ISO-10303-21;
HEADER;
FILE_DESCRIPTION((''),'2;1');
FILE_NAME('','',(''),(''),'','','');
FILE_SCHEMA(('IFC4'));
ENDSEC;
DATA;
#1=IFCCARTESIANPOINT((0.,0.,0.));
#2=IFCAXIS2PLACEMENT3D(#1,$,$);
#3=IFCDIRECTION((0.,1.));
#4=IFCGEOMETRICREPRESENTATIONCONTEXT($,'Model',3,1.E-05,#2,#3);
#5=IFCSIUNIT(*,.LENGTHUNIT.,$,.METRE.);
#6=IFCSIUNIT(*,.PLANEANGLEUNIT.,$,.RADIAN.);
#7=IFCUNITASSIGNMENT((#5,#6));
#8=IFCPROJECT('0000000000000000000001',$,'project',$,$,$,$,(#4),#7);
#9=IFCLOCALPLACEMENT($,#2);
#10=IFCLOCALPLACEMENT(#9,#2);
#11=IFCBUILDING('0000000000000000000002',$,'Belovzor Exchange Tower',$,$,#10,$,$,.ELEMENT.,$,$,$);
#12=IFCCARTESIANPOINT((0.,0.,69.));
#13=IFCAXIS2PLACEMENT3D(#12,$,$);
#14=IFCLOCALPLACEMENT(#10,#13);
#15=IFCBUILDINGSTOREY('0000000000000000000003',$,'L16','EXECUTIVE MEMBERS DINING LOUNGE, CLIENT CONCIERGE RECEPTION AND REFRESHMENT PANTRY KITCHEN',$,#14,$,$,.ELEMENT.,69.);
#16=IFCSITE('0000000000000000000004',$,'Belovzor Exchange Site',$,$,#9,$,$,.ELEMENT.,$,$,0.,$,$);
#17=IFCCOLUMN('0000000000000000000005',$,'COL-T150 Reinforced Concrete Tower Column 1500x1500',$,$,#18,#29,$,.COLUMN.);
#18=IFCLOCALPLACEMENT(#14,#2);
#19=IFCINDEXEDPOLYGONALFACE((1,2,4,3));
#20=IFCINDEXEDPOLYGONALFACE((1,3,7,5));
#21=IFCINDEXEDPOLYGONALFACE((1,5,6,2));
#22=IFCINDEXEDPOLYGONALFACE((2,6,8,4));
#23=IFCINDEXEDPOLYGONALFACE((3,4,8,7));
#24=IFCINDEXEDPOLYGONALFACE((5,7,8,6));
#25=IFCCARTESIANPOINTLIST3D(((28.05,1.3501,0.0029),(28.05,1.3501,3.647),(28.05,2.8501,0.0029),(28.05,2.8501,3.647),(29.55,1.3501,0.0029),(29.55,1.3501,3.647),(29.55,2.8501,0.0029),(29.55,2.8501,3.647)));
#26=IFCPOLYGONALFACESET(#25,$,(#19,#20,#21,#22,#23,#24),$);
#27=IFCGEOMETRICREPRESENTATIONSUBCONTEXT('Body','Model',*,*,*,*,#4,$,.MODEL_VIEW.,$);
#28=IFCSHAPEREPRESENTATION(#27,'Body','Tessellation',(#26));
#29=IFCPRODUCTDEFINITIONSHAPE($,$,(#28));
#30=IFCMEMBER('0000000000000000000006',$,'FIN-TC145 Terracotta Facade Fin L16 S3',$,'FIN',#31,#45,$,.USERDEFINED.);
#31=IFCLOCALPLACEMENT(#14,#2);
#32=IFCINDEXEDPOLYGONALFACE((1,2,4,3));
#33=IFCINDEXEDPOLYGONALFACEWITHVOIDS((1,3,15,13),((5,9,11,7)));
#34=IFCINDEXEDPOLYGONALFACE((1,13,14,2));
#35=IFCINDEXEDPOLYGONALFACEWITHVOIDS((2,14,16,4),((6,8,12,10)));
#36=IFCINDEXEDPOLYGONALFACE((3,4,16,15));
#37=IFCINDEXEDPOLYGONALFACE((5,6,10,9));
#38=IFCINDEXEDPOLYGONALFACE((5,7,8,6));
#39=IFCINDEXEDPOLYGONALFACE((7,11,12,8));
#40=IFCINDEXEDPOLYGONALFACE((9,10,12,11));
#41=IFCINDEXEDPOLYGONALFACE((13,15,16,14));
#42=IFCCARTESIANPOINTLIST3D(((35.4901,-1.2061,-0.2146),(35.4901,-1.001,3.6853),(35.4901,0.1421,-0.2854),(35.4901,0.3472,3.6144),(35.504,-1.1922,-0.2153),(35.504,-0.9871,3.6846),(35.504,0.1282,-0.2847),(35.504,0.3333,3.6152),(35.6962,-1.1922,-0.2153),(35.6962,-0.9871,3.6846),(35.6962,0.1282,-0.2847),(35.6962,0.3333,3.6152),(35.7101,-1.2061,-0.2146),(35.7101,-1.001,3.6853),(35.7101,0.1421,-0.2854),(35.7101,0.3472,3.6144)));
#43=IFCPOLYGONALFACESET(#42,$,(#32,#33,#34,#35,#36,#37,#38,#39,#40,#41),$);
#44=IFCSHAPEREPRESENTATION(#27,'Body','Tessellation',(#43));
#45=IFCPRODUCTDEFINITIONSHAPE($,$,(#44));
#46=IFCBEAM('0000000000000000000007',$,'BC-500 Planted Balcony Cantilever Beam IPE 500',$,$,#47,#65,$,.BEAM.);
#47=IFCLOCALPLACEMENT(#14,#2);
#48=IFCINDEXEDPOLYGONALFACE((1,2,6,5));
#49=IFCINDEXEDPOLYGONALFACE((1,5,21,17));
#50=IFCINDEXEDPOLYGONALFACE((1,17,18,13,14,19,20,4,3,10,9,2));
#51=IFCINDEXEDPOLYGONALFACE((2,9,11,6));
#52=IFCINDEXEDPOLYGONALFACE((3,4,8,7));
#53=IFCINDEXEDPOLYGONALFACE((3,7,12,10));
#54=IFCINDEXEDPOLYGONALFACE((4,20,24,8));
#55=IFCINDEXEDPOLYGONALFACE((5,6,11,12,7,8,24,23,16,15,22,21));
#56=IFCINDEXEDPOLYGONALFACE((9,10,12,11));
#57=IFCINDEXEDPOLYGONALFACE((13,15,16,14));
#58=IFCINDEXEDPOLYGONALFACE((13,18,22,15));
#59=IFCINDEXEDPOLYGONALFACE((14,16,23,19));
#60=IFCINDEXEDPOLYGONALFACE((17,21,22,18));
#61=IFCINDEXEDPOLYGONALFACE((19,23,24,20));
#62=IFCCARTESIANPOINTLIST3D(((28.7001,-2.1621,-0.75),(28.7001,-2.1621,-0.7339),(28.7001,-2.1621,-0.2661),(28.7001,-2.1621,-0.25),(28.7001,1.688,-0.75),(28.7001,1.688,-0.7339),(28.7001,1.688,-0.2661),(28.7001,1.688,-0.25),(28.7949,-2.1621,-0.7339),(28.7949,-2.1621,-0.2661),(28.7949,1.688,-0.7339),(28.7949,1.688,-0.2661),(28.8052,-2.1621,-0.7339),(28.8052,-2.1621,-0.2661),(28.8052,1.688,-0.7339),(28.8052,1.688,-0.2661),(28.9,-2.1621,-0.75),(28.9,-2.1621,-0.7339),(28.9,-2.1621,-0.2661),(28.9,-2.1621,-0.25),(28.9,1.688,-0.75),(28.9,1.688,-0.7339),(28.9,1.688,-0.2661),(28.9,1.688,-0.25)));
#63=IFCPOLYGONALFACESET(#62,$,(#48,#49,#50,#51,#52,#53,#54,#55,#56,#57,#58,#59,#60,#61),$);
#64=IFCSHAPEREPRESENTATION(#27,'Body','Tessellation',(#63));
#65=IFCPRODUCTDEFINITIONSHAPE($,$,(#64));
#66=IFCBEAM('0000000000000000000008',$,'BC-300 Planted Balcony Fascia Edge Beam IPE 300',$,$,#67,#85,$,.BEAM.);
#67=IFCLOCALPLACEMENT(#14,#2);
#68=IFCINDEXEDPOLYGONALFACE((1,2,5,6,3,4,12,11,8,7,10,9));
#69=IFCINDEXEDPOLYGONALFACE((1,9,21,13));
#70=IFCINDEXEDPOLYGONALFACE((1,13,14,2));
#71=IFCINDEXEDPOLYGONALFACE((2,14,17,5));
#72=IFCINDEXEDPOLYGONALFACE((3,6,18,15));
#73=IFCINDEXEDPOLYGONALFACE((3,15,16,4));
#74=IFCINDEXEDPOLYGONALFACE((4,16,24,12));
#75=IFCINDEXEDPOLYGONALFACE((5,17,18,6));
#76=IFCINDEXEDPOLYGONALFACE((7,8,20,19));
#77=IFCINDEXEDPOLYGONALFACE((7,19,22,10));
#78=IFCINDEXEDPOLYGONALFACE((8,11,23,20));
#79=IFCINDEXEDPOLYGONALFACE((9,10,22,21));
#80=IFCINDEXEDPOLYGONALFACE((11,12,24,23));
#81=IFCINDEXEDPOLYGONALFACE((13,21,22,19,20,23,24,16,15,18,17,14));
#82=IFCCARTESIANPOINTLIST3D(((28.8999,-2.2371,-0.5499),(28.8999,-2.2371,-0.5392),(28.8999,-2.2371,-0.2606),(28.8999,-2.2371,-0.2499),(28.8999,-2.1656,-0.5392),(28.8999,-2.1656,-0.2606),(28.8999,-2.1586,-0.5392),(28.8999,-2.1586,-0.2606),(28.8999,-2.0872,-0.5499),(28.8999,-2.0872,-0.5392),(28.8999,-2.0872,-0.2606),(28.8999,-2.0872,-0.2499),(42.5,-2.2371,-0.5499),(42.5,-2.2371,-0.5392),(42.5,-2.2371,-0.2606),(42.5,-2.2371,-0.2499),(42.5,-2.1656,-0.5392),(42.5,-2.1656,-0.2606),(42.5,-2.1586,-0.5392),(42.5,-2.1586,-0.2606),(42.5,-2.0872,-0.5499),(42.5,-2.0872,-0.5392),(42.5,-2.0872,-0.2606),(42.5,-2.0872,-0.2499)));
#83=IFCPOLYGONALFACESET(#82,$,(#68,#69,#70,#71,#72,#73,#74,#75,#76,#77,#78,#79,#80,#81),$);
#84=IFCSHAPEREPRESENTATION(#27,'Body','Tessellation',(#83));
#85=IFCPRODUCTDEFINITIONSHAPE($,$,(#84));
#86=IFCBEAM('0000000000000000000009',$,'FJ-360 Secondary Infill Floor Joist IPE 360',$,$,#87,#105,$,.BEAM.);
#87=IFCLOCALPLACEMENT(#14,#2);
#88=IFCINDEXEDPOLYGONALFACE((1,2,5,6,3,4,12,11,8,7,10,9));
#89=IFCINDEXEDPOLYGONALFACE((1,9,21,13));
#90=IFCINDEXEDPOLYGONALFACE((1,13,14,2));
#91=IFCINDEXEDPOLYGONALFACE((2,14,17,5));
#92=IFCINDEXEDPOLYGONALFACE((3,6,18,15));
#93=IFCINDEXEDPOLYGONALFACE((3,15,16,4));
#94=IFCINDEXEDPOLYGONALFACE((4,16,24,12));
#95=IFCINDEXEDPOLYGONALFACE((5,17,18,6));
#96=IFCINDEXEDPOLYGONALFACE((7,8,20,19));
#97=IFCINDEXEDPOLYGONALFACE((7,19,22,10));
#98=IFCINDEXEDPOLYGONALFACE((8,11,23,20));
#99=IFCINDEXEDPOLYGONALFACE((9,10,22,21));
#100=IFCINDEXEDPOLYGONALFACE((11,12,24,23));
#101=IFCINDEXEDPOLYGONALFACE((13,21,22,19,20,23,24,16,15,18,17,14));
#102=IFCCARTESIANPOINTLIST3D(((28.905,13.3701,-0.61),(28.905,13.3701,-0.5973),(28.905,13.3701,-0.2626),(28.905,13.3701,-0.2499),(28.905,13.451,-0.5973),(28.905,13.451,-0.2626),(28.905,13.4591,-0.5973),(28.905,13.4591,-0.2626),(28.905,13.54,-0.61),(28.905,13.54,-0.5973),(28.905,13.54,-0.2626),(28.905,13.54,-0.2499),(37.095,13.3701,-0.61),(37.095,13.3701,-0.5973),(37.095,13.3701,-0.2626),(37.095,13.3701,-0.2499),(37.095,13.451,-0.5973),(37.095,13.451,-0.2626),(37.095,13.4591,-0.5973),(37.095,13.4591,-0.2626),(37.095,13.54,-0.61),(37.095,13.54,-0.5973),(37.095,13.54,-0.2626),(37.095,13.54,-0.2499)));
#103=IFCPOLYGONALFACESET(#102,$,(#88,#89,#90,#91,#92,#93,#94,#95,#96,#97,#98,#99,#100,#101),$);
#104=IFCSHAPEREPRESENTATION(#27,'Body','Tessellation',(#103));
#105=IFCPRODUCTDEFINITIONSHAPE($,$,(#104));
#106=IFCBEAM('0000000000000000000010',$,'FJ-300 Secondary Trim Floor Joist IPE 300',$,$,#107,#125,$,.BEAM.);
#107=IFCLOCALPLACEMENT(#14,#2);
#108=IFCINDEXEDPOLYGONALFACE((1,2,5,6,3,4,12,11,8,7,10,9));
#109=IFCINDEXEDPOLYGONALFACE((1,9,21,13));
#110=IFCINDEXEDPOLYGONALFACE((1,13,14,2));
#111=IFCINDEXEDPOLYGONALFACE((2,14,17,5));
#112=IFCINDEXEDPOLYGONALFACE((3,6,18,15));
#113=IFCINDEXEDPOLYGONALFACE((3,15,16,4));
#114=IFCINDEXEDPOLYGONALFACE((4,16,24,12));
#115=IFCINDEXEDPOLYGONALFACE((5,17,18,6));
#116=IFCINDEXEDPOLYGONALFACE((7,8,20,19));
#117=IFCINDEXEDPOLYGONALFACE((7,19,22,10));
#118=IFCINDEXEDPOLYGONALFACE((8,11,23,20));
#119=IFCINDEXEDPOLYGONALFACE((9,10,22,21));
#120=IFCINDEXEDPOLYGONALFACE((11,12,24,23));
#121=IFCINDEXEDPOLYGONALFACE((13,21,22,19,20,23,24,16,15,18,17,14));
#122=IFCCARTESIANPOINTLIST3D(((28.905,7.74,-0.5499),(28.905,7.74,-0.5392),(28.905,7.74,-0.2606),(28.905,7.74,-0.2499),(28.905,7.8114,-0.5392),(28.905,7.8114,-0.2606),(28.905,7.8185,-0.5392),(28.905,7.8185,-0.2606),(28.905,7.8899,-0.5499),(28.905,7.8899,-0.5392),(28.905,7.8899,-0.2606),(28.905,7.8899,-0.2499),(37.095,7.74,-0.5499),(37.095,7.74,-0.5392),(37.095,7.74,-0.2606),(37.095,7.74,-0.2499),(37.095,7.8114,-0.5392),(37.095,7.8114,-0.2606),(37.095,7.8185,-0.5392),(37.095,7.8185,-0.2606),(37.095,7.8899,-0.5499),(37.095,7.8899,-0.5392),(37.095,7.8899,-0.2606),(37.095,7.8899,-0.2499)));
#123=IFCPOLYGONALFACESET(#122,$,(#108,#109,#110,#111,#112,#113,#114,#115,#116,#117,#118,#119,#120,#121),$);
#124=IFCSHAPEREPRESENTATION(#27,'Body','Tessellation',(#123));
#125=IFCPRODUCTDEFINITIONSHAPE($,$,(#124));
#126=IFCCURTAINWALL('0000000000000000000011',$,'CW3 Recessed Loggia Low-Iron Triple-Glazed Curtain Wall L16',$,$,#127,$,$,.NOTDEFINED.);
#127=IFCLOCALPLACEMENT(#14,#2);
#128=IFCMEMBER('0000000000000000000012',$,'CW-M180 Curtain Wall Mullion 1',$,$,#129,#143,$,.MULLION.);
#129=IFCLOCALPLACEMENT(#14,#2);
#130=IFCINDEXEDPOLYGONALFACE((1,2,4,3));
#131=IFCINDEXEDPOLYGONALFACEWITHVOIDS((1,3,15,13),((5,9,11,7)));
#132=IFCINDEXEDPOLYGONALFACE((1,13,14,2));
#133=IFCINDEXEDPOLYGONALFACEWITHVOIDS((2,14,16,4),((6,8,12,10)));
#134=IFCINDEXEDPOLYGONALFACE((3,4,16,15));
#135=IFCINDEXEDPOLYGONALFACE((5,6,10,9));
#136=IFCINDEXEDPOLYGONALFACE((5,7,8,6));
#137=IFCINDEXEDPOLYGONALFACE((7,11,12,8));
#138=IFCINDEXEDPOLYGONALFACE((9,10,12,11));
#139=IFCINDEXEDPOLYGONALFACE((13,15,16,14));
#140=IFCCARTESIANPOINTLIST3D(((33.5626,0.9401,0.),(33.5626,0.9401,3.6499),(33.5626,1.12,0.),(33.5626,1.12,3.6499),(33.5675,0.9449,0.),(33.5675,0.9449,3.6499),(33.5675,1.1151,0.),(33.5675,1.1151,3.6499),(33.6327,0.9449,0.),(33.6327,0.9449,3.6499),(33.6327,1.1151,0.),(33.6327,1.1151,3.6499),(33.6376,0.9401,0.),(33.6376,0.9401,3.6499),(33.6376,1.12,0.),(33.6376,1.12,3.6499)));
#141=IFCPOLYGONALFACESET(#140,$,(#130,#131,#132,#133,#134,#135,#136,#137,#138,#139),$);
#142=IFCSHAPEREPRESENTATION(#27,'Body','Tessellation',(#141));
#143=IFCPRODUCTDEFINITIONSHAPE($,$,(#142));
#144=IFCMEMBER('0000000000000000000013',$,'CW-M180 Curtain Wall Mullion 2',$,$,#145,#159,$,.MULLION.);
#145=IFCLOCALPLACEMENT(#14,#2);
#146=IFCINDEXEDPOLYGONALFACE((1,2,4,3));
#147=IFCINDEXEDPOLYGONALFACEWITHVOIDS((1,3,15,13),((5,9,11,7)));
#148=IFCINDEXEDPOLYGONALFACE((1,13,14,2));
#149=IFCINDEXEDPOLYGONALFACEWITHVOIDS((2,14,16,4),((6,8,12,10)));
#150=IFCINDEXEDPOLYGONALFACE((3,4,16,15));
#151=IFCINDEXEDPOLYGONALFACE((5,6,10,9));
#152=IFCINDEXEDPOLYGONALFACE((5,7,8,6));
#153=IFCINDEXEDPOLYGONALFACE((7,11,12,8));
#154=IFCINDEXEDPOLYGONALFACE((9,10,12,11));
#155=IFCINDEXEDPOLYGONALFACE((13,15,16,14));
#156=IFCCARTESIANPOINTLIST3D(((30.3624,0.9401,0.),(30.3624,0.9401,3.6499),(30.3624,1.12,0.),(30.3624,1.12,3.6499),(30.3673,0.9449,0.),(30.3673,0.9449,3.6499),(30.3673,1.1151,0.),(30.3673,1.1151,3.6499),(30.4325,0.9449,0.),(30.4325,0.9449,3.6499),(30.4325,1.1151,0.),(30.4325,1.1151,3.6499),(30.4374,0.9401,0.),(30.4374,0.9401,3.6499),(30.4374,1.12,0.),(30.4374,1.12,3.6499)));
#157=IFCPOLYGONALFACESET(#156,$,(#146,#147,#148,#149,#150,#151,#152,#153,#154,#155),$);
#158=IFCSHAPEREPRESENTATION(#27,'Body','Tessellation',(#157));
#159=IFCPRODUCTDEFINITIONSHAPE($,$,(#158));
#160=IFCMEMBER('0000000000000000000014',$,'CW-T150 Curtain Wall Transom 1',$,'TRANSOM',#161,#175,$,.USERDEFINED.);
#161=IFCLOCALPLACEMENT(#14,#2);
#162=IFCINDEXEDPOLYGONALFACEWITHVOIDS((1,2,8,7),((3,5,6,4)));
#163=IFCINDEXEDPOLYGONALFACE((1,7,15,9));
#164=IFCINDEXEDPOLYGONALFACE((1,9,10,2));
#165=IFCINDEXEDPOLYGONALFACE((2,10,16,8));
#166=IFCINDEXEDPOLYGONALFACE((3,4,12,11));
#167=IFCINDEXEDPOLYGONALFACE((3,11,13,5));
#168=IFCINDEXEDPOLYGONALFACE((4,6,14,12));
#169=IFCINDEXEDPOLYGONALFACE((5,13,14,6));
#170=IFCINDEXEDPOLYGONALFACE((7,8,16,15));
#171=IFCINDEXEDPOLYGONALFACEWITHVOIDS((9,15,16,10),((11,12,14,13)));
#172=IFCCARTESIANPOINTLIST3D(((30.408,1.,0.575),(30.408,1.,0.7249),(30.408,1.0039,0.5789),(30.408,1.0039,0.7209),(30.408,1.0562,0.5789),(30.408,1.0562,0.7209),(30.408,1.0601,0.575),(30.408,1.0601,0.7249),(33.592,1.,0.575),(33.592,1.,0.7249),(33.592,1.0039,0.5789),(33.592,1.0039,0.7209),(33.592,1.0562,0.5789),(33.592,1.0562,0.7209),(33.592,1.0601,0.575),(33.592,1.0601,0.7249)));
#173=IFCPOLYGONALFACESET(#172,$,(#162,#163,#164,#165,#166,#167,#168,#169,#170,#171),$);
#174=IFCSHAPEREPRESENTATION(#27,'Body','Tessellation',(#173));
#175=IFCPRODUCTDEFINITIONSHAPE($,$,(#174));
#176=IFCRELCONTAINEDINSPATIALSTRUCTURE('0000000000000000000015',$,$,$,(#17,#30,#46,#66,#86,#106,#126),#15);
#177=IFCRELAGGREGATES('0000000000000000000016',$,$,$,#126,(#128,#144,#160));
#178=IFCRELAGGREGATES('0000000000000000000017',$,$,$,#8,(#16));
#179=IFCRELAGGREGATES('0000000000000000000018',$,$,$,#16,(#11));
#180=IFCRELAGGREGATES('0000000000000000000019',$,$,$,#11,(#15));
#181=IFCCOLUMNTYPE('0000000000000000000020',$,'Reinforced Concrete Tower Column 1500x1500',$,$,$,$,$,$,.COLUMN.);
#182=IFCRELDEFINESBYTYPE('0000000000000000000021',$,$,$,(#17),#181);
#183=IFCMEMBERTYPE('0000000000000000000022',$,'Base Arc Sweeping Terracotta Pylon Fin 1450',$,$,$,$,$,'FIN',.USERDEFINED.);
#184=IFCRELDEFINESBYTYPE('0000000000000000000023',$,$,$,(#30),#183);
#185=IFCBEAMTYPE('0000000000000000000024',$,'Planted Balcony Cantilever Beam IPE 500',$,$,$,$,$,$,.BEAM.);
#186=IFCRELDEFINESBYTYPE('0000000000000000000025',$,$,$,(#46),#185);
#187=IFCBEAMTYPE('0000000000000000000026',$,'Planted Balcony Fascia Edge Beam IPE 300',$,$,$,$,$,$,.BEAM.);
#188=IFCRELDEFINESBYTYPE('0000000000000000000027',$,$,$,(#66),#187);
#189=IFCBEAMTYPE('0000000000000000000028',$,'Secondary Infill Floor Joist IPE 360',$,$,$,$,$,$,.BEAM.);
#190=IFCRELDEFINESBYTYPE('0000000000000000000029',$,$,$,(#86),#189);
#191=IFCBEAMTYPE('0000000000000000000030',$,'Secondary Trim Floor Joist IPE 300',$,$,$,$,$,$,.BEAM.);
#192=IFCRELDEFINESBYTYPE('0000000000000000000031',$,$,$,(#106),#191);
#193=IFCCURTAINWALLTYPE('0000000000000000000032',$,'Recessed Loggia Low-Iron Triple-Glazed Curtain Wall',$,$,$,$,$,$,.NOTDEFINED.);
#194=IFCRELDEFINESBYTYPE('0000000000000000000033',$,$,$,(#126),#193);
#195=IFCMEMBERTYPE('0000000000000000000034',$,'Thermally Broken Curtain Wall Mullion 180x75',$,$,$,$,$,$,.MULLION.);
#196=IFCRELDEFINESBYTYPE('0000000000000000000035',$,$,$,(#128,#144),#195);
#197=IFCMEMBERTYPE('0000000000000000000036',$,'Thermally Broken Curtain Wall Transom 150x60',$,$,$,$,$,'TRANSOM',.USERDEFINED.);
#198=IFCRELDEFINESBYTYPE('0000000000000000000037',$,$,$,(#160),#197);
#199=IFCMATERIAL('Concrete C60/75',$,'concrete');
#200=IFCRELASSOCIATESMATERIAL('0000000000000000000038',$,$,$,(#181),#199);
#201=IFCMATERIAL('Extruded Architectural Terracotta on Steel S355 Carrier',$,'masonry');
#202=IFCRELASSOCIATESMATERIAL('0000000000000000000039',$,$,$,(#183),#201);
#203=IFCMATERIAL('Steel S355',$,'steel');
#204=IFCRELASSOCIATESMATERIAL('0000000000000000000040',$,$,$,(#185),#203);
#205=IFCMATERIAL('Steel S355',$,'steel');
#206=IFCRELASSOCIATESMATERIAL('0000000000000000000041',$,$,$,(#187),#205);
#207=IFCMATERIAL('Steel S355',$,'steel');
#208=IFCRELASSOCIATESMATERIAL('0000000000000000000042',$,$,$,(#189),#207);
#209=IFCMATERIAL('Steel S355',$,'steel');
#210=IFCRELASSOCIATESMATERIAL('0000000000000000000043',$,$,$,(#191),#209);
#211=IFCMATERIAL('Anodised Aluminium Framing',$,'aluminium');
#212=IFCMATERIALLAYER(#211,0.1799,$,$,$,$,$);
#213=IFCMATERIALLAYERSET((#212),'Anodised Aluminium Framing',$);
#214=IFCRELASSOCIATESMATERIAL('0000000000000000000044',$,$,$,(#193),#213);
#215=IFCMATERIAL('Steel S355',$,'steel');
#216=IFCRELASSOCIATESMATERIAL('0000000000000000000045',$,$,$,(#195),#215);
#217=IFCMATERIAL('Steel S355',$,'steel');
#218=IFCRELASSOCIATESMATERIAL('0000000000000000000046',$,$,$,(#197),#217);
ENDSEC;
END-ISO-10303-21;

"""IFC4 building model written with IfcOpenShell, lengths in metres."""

from ifc_helpers import new_model, si_unit, direction, frame, origin, origin_2d, place, context, subcontext, project, spatial, rectangle, hollow_rectangle, i_section, extrude, material, layer, layer_set, material_profile, profile_set, type_object, element, aggregate, save


model = new_model("IFC4")

# Units and contexts
model_context = context("Model", 3, precision=1e-05, world=origin(), true_north=direction((0.0, 1.0)))
body_context = subcontext(model_context, "Body", "Model", "MODEL_VIEW")
ifc_project = project(units=[si_unit("LENGTHUNIT", "METRE"), si_unit("PLANEANGLEUNIT", "RADIAN")], contexts=[model_context])

# Site, building, storey
site_placement = place(None, origin())
site = spatial("IfcSite", under=ifc_project, at=site_placement, Name="Belovzor Exchange Site", CompositionType="ELEMENT", RefElevation=0.0)
building_placement = place(site_placement, origin())
building = spatial("IfcBuilding", under=site, at=building_placement, Name="Belovzor Exchange Tower", CompositionType="ELEMENT")
storey_placement = place(building_placement, frame((0.0, 0.0, 69.0)))
storey = spatial("IfcBuildingStorey", under=building, at=storey_placement, Name="L16", Description="EXECUTIVE MEMBERS DINING LOUNGE, CLIENT CONCIERGE RECEPTION AND REFRESHMENT PANTRY KITCHEN", CompositionType="ELEMENT", Elevation=69.0)

# Column
ifc_material_1 = material(Name="Concrete C60/75", Category="concrete")
ifc_material_profile_1 = material_profile(ifc_material_1, rectangle(XDim=1.5, YDim=1.5, at=origin_2d()))
ifc_profile_set_1 = profile_set([ifc_material_profile_1], Name="Concrete C60/75")
column_type = type_object("IfcColumnType", Name="Reinforced Concrete Tower Column 1500x1500", PredefinedType="COLUMN", material=ifc_profile_set_1)
column_placement = place(storey_placement, frame((28.8, 2.1001, 0.0029), z_axis=(0.0, 0.0, 1.0), x_axis=(1.0, 0.0, 0.0)))
element("IfcColumn", 1, at=column_placement, inside=storey, type_object=column_type, Name="COL-T150 Reinforced Concrete Tower Column 1500x1500", PredefinedType="COLUMN", context=body_context, shape_type="SweptSolid", body=[
    extrude(rectangle(XDim=1.5, YDim=1.5, at=origin_2d()), origin(), (0.0, 0.0, 1.0), 3.644),
])

# Member
ifc_material_2 = material(Name="Extruded Architectural Terracotta on Steel S355 Carrier", Category="masonry")
ifc_material_profile_2 = material_profile(ifc_material_2, hollow_rectangle(XDim=0.22, YDim=1.3501, WallThickness=0.0139, at=origin_2d()))
ifc_profile_set_2 = profile_set([ifc_material_profile_2], Name="Extruded Architectural Terracotta on Steel S355 Carrier")
member_type_1 = type_object("IfcMemberType", Name="Base Arc Sweeping Terracotta Pylon Fin 1450", ElementType="FIN", PredefinedType="USERDEFINED", material=ifc_profile_set_2)
member_1_placement = place(storey_placement, frame((35.6001, -0.532, -0.25), z_axis=(0.0, 0.052513, 0.99862), x_axis=(-1.0, 0.0, 0.0)))
element("IfcMember", 2, at=member_1_placement, inside=storey, type_object=member_type_1, Name="FIN-TC145 Terracotta Facade Fin L16 S3", ObjectType="FIN", PredefinedType="USERDEFINED", context=body_context, shape_type="SweptSolid", body=[
    extrude(hollow_rectangle(XDim=0.22, YDim=1.3501, WallThickness=0.0139, at=origin_2d()), origin(), (0.0, 0.0, 1.0), 3.9053),
])

# Beams
ifc_material_3 = material(Name="Steel S355", Category="steel")
ifc_material_profile_3 = material_profile(ifc_material_3, i_section(OverallWidth=0.2, OverallDepth=0.5, WebThickness=0.0103, FlangeThickness=0.0161, at=origin_2d()))
ifc_profile_set_3 = profile_set([ifc_material_profile_3], Name="Steel S355")
beam_type_1 = type_object("IfcBeamType", Name="Planted Balcony Cantilever Beam IPE 500", PredefinedType="BEAM", material=ifc_profile_set_3)
beam_1_placement = place(storey_placement, frame((28.8, 1.688, -0.5), z_axis=(0.0, -1.0, 0.0), x_axis=(1.0, 0.0, 0.0)))
element("IfcBeam", 3, at=beam_1_placement, inside=storey, type_object=beam_type_1, Name="BC-500 Planted Balcony Cantilever Beam IPE 500", PredefinedType="BEAM", context=body_context, shape_type="SweptSolid", body=[
    extrude(i_section(OverallWidth=0.2, OverallDepth=0.5, WebThickness=0.0103, FlangeThickness=0.0161, at=origin_2d()), origin(), (0.0, 0.0, 1.0), 3.8501),
])
ifc_material_4 = material(Name="Steel S355", Category="steel")
ifc_material_profile_4 = material_profile(ifc_material_4, i_section(OverallWidth=0.1499, OverallDepth=0.3, WebThickness=0.0071, FlangeThickness=0.0107, at=origin_2d()))
ifc_profile_set_4 = profile_set([ifc_material_profile_4], Name="Steel S355")
beam_type_2 = type_object("IfcBeamType", Name="Planted Balcony Fascia Edge Beam IPE 300", PredefinedType="BEAM", material=ifc_profile_set_4)
beam_2_placement = place(storey_placement, frame((28.8999, -2.1621, -0.3999), z_axis=(1.0, 0.0, 0.0), x_axis=(0.0, 1.0, 0.0)))
element("IfcBeam", 4, at=beam_2_placement, inside=storey, type_object=beam_type_2, Name="BC-300 Planted Balcony Fascia Edge Beam IPE 300", PredefinedType="BEAM", context=body_context, shape_type="SweptSolid", body=[
    extrude(i_section(OverallWidth=0.1499, OverallDepth=0.3, WebThickness=0.0071, FlangeThickness=0.0107, at=origin_2d()), origin(), (0.0, 0.0, 1.0), 13.6001),
])
ifc_material_5 = material(Name="Steel S355", Category="steel")
ifc_material_profile_5 = material_profile(ifc_material_5, i_section(OverallWidth=0.1699, OverallDepth=0.3601, WebThickness=0.0081, FlangeThickness=0.0127, at=origin_2d()))
ifc_profile_set_5 = profile_set([ifc_material_profile_5], Name="Steel S355")
beam_type_3 = type_object("IfcBeamType", Name="Secondary Infill Floor Joist IPE 360", PredefinedType="BEAM", material=ifc_profile_set_5)
beam_3_placement = place(storey_placement, frame((28.905, 13.4551, -0.4299), z_axis=(1.0, 0.0, 0.0), x_axis=(0.0, 1.0, 0.0)))
element("IfcBeam", 5, at=beam_3_placement, inside=storey, type_object=beam_type_3, Name="FJ-360 Secondary Infill Floor Joist IPE 360", PredefinedType="BEAM", context=body_context, shape_type="SweptSolid", body=[
    extrude(i_section(OverallWidth=0.1699, OverallDepth=0.3601, WebThickness=0.0081, FlangeThickness=0.0127, at=origin_2d()), origin(), (0.0, 0.0, 1.0), 8.1899),
])
ifc_material_6 = material(Name="Steel S355", Category="steel")
ifc_material_profile_6 = material_profile(ifc_material_6, i_section(OverallWidth=0.1499, OverallDepth=0.3, WebThickness=0.0071, FlangeThickness=0.0107, at=origin_2d()))
ifc_profile_set_6 = profile_set([ifc_material_profile_6], Name="Steel S355")
beam_type_4 = type_object("IfcBeamType", Name="Secondary Trim Floor Joist IPE 300", PredefinedType="BEAM", material=ifc_profile_set_6)
beam_4_placement = place(storey_placement, frame((28.905, 7.8149, -0.3999), z_axis=(1.0, 0.0, 0.0), x_axis=(0.0, 1.0, 0.0)))
element("IfcBeam", 6, at=beam_4_placement, inside=storey, type_object=beam_type_4, Name="FJ-300 Secondary Trim Floor Joist IPE 300", PredefinedType="BEAM", context=body_context, shape_type="SweptSolid", body=[
    extrude(i_section(OverallWidth=0.1499, OverallDepth=0.3, WebThickness=0.0071, FlangeThickness=0.0107, at=origin_2d()), origin(), (0.0, 0.0, 1.0), 8.1899),
])

# Curtain wall, members
ifc_material_7 = material(Name="Anodised Aluminium Framing", Category="aluminium")
ifc_layer_1 = layer(ifc_material_7, 0.1799)
ifc_layer_set_1 = layer_set([ifc_layer_1], Name="Anodised Aluminium Framing")
curtain_wall_type = type_object("IfcCurtainWallType", Name="Recessed Loggia Low-Iron Triple-Glazed Curtain Wall", PredefinedType="NOTDEFINED", material=ifc_layer_set_1)
curtain_wall_placement = place(storey_placement, origin())
curtain_wall = element("IfcCurtainWall", 7, at=curtain_wall_placement, inside=storey, type_object=curtain_wall_type, Name="CW3 Recessed Loggia Low-Iron Triple-Glazed Curtain Wall L16", PredefinedType="NOTDEFINED")
ifc_material_8 = material(Name="Steel S355", Category="steel")
ifc_material_profile_7 = material_profile(ifc_material_8, hollow_rectangle(XDim=0.075, YDim=0.1799, WallThickness=0.0049, at=origin_2d()))
ifc_profile_set_7 = profile_set([ifc_material_profile_7], Name="Steel S355")
member_type_2 = type_object("IfcMemberType", Name="Thermally Broken Curtain Wall Mullion 180x75", PredefinedType="MULLION", material=ifc_profile_set_7)
member_2_placement = place(storey_placement, frame((33.6001, 1.03, 0.0), z_axis=(0.0, 0.0, 1.0), x_axis=(-1.0, 0.0, 0.0)))
member_2 = element("IfcMember", 8, at=member_2_placement, type_object=member_type_2, Name="CW-M180 Curtain Wall Mullion 1", PredefinedType="MULLION", context=body_context, shape_type="SweptSolid", body=[
    extrude(hollow_rectangle(XDim=0.075, YDim=0.1799, WallThickness=0.0049, at=origin_2d()), origin(), (0.0, 0.0, 1.0), 3.6499),
])
member_3_placement = place(storey_placement, frame((30.3999, 1.03, 0.0), z_axis=(0.0, 0.0, 1.0), x_axis=(-1.0, 0.0, 0.0)))
member_3 = element("IfcMember", 9, at=member_3_placement, type_object=member_type_2, Name="CW-M180 Curtain Wall Mullion 2", PredefinedType="MULLION", context=body_context, shape_type="SweptSolid", body=[
    extrude(hollow_rectangle(XDim=0.075, YDim=0.1799, WallThickness=0.0049, at=origin_2d()), origin(), (0.0, 0.0, 1.0), 3.6499),
])
ifc_material_9 = material(Name="Steel S355", Category="steel")
ifc_material_profile_8 = material_profile(ifc_material_9, hollow_rectangle(XDim=0.0601, YDim=0.1499, WallThickness=0.0039, at=origin_2d()))
ifc_profile_set_8 = profile_set([ifc_material_profile_8], Name="Steel S355")
member_type_3 = type_object("IfcMemberType", Name="Thermally Broken Curtain Wall Transom 150x60", ElementType="TRANSOM", PredefinedType="USERDEFINED", material=ifc_profile_set_8)
member_4_placement = place(storey_placement, frame((33.592, 1.03, 0.6499), z_axis=(-1.0, 0.0, 0.0), x_axis=(0.0, -1.0, 0.0)))
member_4 = element("IfcMember", 10, at=member_4_placement, type_object=member_type_3, Name="CW-T150 Curtain Wall Transom 1", ObjectType="TRANSOM", PredefinedType="USERDEFINED", context=body_context, shape_type="SweptSolid", body=[
    extrude(hollow_rectangle(XDim=0.0601, YDim=0.1499, WallThickness=0.0039, at=origin_2d()), origin(), (0.0, 0.0, 1.0), 3.1841),
])

aggregate(curtain_wall, [member_2, member_3, member_4])

save(model, "model.ifc")
